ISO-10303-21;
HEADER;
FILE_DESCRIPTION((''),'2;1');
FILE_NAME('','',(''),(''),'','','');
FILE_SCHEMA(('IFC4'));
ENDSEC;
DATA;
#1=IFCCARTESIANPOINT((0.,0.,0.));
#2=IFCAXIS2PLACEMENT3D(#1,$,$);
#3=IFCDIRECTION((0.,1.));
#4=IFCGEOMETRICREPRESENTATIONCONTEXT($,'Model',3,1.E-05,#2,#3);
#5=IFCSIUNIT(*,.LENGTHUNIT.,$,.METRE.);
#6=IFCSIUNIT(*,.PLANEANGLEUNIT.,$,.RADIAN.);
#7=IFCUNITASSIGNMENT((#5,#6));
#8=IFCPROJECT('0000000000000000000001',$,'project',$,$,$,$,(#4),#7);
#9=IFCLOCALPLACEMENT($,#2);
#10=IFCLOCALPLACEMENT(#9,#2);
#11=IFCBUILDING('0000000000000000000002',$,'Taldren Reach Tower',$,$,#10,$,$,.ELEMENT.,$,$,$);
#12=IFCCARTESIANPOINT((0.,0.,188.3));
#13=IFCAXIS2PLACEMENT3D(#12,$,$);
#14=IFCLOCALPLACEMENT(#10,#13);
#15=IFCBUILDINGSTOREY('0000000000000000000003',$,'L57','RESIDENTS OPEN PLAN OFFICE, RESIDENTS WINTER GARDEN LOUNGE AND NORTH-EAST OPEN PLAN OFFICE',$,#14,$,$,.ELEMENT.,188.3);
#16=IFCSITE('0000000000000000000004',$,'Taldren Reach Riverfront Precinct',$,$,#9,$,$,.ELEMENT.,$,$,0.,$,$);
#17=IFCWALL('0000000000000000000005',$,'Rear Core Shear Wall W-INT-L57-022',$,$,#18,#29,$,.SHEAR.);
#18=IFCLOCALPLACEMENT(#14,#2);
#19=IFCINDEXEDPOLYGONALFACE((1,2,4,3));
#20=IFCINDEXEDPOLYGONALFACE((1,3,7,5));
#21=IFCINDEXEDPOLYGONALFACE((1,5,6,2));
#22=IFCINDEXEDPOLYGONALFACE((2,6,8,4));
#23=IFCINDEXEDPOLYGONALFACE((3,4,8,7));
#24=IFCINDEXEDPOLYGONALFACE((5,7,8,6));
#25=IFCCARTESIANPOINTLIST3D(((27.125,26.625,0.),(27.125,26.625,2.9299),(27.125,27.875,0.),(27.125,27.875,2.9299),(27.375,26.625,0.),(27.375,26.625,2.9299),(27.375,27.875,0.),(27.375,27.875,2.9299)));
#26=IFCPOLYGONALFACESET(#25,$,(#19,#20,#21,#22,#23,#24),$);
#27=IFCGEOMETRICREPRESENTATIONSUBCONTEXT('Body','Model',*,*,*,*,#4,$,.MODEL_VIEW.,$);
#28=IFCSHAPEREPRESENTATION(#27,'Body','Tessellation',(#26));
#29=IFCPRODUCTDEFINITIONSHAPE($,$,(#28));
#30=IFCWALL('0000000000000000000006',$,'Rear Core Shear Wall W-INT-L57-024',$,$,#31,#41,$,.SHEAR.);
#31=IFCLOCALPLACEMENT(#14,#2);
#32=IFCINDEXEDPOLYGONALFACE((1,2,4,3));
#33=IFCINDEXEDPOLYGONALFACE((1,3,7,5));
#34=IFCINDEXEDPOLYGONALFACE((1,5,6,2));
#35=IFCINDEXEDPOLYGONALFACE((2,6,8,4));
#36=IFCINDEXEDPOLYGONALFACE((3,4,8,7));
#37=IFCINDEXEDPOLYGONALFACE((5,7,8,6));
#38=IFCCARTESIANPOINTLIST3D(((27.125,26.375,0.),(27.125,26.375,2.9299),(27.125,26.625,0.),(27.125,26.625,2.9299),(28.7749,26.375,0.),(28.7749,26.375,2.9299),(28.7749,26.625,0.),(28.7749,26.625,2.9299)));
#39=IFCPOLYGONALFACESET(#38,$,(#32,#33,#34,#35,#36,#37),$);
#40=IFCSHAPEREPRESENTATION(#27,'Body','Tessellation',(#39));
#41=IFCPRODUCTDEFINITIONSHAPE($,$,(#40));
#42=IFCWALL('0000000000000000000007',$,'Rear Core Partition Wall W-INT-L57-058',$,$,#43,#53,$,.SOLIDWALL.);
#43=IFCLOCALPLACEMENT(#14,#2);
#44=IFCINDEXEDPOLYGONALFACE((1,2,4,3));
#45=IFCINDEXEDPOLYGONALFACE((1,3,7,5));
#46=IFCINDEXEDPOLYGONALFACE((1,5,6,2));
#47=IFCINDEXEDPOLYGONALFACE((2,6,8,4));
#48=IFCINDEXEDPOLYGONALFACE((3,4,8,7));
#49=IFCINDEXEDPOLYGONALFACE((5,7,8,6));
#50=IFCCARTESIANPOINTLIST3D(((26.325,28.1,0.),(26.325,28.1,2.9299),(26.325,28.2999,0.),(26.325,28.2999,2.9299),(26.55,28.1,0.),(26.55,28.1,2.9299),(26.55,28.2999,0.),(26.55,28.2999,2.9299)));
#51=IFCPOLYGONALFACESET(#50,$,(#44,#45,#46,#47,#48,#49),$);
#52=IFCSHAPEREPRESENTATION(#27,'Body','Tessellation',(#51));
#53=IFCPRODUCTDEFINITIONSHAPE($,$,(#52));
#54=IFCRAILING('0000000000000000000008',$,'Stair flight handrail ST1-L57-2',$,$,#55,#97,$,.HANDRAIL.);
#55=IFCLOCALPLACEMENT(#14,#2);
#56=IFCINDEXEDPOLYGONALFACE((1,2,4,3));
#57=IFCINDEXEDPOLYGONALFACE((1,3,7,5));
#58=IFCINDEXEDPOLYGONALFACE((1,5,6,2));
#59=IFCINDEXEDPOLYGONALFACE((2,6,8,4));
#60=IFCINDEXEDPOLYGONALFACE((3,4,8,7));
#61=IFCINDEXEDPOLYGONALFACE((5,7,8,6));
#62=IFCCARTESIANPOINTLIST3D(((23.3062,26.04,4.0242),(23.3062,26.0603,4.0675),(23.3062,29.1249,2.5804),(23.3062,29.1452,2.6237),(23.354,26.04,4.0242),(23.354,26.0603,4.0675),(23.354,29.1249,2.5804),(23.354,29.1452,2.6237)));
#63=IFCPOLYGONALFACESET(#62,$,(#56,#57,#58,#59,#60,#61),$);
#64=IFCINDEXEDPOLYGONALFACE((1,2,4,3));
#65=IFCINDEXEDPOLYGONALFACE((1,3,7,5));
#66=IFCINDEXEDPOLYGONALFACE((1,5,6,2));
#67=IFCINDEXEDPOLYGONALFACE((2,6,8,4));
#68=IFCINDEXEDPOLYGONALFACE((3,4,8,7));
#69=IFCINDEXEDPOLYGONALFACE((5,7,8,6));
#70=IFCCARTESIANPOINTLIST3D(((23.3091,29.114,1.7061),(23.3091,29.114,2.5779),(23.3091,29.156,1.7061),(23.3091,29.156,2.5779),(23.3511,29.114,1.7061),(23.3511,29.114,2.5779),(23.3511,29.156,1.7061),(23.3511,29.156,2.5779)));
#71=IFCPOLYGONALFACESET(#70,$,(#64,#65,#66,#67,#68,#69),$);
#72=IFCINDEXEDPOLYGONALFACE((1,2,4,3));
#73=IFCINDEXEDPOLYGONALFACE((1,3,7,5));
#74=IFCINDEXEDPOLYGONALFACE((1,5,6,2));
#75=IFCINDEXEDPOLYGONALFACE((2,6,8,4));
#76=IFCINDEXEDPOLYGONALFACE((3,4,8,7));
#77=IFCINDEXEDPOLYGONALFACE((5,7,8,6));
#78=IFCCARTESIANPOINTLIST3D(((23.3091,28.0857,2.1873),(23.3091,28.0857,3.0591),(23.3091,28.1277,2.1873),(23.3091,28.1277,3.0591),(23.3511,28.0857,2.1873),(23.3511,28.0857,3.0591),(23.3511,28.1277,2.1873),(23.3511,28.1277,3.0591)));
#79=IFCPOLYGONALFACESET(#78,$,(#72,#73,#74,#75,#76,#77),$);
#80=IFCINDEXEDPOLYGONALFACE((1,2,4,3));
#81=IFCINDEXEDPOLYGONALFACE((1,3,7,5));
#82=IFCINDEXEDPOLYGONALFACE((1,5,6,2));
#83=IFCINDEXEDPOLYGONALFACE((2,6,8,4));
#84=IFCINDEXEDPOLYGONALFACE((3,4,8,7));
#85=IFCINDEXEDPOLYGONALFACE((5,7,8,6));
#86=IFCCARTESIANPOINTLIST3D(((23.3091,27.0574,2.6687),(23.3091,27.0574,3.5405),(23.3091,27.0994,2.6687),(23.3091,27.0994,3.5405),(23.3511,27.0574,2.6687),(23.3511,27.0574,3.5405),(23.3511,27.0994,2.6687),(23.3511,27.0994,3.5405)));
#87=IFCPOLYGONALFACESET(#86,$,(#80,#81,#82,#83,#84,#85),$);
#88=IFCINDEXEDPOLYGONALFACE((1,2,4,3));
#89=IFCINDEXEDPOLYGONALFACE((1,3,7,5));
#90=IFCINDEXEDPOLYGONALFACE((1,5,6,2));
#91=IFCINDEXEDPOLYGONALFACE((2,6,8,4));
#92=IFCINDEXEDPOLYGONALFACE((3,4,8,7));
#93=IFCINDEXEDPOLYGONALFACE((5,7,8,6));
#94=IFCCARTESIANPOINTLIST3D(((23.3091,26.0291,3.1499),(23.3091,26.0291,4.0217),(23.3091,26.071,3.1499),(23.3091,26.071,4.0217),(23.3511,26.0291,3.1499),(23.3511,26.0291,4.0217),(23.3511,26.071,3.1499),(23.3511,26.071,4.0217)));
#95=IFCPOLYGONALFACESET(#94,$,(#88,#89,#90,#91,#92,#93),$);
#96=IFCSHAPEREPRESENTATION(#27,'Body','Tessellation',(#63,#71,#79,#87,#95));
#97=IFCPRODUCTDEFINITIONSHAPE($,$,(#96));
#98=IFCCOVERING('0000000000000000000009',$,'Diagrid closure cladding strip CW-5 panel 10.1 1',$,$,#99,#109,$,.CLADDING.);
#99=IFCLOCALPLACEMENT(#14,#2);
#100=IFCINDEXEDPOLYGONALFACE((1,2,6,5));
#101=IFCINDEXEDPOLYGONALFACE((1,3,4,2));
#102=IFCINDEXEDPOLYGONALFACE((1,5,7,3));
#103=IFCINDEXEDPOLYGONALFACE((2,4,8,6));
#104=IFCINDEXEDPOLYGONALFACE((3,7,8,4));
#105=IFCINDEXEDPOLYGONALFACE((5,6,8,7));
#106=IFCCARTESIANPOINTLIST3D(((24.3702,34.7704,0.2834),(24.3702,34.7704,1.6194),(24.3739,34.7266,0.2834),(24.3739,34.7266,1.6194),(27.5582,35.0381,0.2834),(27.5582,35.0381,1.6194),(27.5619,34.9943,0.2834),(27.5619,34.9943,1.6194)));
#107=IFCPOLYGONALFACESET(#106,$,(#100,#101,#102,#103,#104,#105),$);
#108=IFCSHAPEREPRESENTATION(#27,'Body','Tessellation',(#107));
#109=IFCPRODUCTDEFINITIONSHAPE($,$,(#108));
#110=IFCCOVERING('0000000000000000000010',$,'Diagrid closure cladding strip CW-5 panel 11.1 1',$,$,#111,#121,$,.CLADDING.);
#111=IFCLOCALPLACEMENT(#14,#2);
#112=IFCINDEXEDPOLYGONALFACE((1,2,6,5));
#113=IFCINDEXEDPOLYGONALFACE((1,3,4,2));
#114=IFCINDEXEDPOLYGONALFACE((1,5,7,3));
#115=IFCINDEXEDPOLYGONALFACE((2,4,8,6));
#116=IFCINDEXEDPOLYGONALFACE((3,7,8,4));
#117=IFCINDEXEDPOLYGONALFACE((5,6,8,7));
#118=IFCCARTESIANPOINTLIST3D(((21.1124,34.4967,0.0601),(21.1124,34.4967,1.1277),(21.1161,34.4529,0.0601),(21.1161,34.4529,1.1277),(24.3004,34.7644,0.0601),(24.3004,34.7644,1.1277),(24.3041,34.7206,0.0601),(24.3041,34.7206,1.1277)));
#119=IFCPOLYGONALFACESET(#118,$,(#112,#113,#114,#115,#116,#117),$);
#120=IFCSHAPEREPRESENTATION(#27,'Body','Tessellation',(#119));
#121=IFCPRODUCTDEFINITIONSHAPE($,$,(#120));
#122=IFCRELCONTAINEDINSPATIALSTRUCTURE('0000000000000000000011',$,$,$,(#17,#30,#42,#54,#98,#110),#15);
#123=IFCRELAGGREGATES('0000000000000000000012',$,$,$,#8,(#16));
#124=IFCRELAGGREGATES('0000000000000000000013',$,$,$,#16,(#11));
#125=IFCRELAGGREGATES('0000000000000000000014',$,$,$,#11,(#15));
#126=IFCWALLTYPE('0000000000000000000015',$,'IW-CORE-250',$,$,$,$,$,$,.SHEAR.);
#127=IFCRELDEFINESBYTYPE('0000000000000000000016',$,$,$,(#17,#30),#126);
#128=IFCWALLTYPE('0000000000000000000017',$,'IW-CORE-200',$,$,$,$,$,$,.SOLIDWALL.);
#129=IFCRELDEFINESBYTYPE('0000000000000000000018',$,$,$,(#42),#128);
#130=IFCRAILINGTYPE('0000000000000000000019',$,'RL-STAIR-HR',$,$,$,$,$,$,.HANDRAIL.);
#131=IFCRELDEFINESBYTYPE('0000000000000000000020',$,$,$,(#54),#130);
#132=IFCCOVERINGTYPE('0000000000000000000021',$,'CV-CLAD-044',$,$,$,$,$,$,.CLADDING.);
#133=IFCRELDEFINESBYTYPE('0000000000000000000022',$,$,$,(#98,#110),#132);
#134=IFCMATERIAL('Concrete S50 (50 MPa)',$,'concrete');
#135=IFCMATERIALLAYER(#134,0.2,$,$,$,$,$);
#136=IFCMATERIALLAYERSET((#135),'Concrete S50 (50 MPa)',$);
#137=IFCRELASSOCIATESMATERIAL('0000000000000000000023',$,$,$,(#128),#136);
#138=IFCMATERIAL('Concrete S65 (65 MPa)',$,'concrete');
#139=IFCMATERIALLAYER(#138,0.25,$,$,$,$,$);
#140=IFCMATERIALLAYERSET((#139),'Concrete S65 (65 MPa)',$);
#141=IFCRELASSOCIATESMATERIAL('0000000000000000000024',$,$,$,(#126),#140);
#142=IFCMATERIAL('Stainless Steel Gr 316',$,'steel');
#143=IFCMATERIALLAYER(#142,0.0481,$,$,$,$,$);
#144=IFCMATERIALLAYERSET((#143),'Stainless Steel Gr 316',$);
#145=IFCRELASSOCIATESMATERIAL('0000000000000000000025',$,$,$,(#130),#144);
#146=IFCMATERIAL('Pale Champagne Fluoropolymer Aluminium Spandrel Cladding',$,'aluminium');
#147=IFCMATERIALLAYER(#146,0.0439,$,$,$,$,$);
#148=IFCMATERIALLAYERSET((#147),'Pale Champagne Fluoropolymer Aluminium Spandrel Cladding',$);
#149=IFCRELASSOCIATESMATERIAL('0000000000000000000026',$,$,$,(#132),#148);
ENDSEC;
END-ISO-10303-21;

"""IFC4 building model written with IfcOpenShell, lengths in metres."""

from ifc_helpers import new_model, si_unit, direction, frame, frame_2d, origin, origin_2d, place, context, subcontext, project, spatial, rectangle, extrude, source, transform, mapped, material, layer, layer_set, type_object, element, save


model = new_model("IFC4")

# Units and contexts
model_context = context("Model", 3, precision=1e-05, world=origin(), true_north=direction((0.0, 1.0)))
body_context = subcontext(model_context, "Body", "Model", "MODEL_VIEW")
ifc_project = project(units=[si_unit("LENGTHUNIT", "METRE"), si_unit("PLANEANGLEUNIT", "RADIAN")], contexts=[model_context])

# Site, building, storey
site_placement = place(None, origin())
site = spatial("IfcSite", under=ifc_project, at=site_placement, Name="Taldren Reach Riverfront Precinct", CompositionType="ELEMENT", RefElevation=0.0)
building_placement = place(site_placement, origin())
building = spatial("IfcBuilding", under=site, at=building_placement, Name="Taldren Reach Tower", CompositionType="ELEMENT")
storey_placement = place(building_placement, frame((0.0, 0.0, 188.3)))
storey = spatial("IfcBuildingStorey", under=building, at=storey_placement, Name="L57", Description="RESIDENTS OPEN PLAN OFFICE, RESIDENTS WINTER GARDEN LOUNGE AND NORTH-EAST OPEN PLAN OFFICE", CompositionType="ELEMENT", Elevation=188.3)

# Shared definitions
ifc_material_1 = material(Name="Concrete S50 (50 MPa)", Category="concrete")
ifc_layer_1 = layer(ifc_material_1, 0.2)
ifc_layer_set_1 = layer_set([ifc_layer_1], Name="Concrete S50 (50 MPa)")
wall_type_1 = type_object("IfcWallType", Name="IW-CORE-200", PredefinedType="SOLIDWALL", material=ifc_layer_set_1)
ifc_material_2 = material(Name="Concrete S65 (65 MPa)", Category="concrete")
ifc_layer_2 = layer(ifc_material_2, 0.25)
ifc_layer_set_2 = layer_set([ifc_layer_2], Name="Concrete S65 (65 MPa)")
wall_type_2 = type_object("IfcWallType", Name="IW-CORE-250", PredefinedType="SHEAR", material=ifc_layer_set_2)

# Walls
shared_shape_1 = source(origin(), body_context, "Body", "SweptSolid", [
    extrude(rectangle(XDim=1.25, YDim=0.25, at=frame_2d((0.625, 0.0))), origin(), (0.0, 0.0, 1.0), 2.9299),
])
wall_1_placement = place(storey_placement, frame((27.25, 27.875, 0.0), z_axis=(0.0, 0.0, 1.0), x_axis=(0.0, -1.0, 0.0)))
element("IfcWall", 1, at=wall_1_placement, inside=storey, type_object=wall_type_2, Name="Rear Core Shear Wall W-INT-L57-022", PredefinedType="SHEAR", context=body_context, shape_type="MappedRepresentation", body=[
    mapped(shared_shape_1, transform((0.0, 0.0, 0.0), scale=1.0)),
])
shared_shape_2 = source(origin(), body_context, "Body", "SweptSolid", [
    extrude(rectangle(XDim=1.6499, YDim=0.25, at=frame_2d((0.825, 0.0))), origin(), (0.0, 0.0, 1.0), 2.9299),
])
wall_2_placement = place(storey_placement, frame((27.125, 26.5, 0.0), z_axis=(0.0, 0.0, 1.0), x_axis=(1.0, 0.0, 0.0)))
element("IfcWall", 2, at=wall_2_placement, inside=storey, type_object=wall_type_2, Name="Rear Core Shear Wall W-INT-L57-024", PredefinedType="SHEAR", context=body_context, shape_type="MappedRepresentation", body=[
    mapped(shared_shape_2, transform((0.0, 0.0, 0.0), scale=1.0)),
])
shared_shape_3 = source(origin(), body_context, "Body", "SweptSolid", [
    extrude(rectangle(XDim=0.2251, YDim=0.2, at=frame_2d((0.1125, 0.0))), origin(), (0.0, 0.0, 1.0), 2.9299),
])
wall_3_placement = place(storey_placement, frame((26.325, 28.2, 0.0), z_axis=(0.0, 0.0, 1.0), x_axis=(1.0, 0.0, 0.0)))
element("IfcWall", 3, at=wall_3_placement, inside=storey, type_object=wall_type_1, Name="Rear Core Partition Wall W-INT-L57-058", PredefinedType="SOLIDWALL", context=body_context, shape_type="MappedRepresentation", body=[
    mapped(shared_shape_3, transform((0.0, 0.0, 0.0), scale=1.0)),
])

# Railing
ifc_material_3 = material(Name="Stainless Steel Gr 316", Category="steel")
ifc_layer_3 = layer(ifc_material_3, 0.0481)
ifc_layer_set_3 = layer_set([ifc_layer_3], Name="Stainless Steel Gr 316")
railing_type = type_object("IfcRailingType", Name="RL-STAIR-HR", PredefinedType="HANDRAIL", material=ifc_layer_set_3)
railing_placement = place(storey_placement, frame((23.3301, 29.135, 1.7061)))
element("IfcRailing", 4, at=railing_placement, inside=storey, type_object=railing_type, Name="Stair flight handrail ST1-L57-2", PredefinedType="HANDRAIL", context=body_context, shape_type="SweptSolid", body=[
    extrude(rectangle(XDim=0.0479, YDim=0.0479, at=origin_2d()), frame((0.0, 0.0, 0.896), z_axis=(0.0, -0.90571, 0.423898), x_axis=(1.0, 0.0, 0.0)), (0.0, 0.0, 1.0), 3.406),
    extrude(rectangle(XDim=0.042, YDim=0.042, at=origin_2d()), origin(), (0.0, 0.0, 1.0), 0.8718),
    extrude(rectangle(XDim=0.042, YDim=0.042, at=origin_2d()), frame((0.0, -1.0283, 0.4812)), (0.0, 0.0, 1.0), 0.8718),
    extrude(rectangle(XDim=0.042, YDim=0.042, at=origin_2d()), frame((0.0, -2.0566, 0.9626)), (0.0, 0.0, 1.0), 0.8718),
    extrude(rectangle(XDim=0.042, YDim=0.042, at=origin_2d()), frame((0.0, -3.085, 1.4438)), (0.0, 0.0, 1.0), 0.8718),
])

# Coverings
ifc_material_4 = material(Name="Pale Champagne Fluoropolymer Aluminium Spandrel Cladding", Category="aluminium")
ifc_layer_4 = layer(ifc_material_4, 0.0439)
ifc_layer_set_4 = layer_set([ifc_layer_4], Name="Pale Champagne Fluoropolymer Aluminium Spandrel Cladding")
covering_type = type_object("IfcCoveringType", Name="CV-CLAD-044", PredefinedType="CLADDING", material=ifc_layer_set_4)
shared_shape_4 = source(origin(), body_context, "Body", "SweptSolid", [
    extrude(rectangle(XDim=3.1992, YDim=0.0439, at=origin_2d()), origin(), (0.0, 0.0, 1.0), 1.3359),
])
covering_1_placement = place(storey_placement, frame((25.9661, 34.8823, 0.2834), z_axis=(0.0, 0.0, 1.0), x_axis=(-0.996493, -0.083678, 0.0)))
element("IfcCovering", 5, at=covering_1_placement, inside=storey, type_object=covering_type, Name="Diagrid closure cladding strip CW-5 panel 10.1 1", PredefinedType="CLADDING", context=body_context, shape_type="MappedRepresentation", body=[
    mapped(shared_shape_4, transform((0.0, 0.0, 0.0), scale=1.0)),
])
shared_shape_5 = source(origin(), body_context, "Body", "SweptSolid", [
    extrude(rectangle(XDim=3.1992, YDim=0.0439, at=origin_2d()), origin(), (0.0, 0.0, 1.0), 1.0676),
])
covering_2_placement = place(storey_placement, frame((22.7083, 34.6086, 0.0601), z_axis=(0.0, 0.0, 1.0), x_axis=(-0.996493, -0.083678, 0.0)))
element("IfcCovering", 6, at=covering_2_placement, inside=storey, type_object=covering_type, Name="Diagrid closure cladding strip CW-5 panel 11.1 1", PredefinedType="CLADDING", context=body_context, shape_type="MappedRepresentation", body=[
    mapped(shared_shape_5, transform((0.0, 0.0, 0.0), scale=1.0)),
])

save(model, "model.ifc")
